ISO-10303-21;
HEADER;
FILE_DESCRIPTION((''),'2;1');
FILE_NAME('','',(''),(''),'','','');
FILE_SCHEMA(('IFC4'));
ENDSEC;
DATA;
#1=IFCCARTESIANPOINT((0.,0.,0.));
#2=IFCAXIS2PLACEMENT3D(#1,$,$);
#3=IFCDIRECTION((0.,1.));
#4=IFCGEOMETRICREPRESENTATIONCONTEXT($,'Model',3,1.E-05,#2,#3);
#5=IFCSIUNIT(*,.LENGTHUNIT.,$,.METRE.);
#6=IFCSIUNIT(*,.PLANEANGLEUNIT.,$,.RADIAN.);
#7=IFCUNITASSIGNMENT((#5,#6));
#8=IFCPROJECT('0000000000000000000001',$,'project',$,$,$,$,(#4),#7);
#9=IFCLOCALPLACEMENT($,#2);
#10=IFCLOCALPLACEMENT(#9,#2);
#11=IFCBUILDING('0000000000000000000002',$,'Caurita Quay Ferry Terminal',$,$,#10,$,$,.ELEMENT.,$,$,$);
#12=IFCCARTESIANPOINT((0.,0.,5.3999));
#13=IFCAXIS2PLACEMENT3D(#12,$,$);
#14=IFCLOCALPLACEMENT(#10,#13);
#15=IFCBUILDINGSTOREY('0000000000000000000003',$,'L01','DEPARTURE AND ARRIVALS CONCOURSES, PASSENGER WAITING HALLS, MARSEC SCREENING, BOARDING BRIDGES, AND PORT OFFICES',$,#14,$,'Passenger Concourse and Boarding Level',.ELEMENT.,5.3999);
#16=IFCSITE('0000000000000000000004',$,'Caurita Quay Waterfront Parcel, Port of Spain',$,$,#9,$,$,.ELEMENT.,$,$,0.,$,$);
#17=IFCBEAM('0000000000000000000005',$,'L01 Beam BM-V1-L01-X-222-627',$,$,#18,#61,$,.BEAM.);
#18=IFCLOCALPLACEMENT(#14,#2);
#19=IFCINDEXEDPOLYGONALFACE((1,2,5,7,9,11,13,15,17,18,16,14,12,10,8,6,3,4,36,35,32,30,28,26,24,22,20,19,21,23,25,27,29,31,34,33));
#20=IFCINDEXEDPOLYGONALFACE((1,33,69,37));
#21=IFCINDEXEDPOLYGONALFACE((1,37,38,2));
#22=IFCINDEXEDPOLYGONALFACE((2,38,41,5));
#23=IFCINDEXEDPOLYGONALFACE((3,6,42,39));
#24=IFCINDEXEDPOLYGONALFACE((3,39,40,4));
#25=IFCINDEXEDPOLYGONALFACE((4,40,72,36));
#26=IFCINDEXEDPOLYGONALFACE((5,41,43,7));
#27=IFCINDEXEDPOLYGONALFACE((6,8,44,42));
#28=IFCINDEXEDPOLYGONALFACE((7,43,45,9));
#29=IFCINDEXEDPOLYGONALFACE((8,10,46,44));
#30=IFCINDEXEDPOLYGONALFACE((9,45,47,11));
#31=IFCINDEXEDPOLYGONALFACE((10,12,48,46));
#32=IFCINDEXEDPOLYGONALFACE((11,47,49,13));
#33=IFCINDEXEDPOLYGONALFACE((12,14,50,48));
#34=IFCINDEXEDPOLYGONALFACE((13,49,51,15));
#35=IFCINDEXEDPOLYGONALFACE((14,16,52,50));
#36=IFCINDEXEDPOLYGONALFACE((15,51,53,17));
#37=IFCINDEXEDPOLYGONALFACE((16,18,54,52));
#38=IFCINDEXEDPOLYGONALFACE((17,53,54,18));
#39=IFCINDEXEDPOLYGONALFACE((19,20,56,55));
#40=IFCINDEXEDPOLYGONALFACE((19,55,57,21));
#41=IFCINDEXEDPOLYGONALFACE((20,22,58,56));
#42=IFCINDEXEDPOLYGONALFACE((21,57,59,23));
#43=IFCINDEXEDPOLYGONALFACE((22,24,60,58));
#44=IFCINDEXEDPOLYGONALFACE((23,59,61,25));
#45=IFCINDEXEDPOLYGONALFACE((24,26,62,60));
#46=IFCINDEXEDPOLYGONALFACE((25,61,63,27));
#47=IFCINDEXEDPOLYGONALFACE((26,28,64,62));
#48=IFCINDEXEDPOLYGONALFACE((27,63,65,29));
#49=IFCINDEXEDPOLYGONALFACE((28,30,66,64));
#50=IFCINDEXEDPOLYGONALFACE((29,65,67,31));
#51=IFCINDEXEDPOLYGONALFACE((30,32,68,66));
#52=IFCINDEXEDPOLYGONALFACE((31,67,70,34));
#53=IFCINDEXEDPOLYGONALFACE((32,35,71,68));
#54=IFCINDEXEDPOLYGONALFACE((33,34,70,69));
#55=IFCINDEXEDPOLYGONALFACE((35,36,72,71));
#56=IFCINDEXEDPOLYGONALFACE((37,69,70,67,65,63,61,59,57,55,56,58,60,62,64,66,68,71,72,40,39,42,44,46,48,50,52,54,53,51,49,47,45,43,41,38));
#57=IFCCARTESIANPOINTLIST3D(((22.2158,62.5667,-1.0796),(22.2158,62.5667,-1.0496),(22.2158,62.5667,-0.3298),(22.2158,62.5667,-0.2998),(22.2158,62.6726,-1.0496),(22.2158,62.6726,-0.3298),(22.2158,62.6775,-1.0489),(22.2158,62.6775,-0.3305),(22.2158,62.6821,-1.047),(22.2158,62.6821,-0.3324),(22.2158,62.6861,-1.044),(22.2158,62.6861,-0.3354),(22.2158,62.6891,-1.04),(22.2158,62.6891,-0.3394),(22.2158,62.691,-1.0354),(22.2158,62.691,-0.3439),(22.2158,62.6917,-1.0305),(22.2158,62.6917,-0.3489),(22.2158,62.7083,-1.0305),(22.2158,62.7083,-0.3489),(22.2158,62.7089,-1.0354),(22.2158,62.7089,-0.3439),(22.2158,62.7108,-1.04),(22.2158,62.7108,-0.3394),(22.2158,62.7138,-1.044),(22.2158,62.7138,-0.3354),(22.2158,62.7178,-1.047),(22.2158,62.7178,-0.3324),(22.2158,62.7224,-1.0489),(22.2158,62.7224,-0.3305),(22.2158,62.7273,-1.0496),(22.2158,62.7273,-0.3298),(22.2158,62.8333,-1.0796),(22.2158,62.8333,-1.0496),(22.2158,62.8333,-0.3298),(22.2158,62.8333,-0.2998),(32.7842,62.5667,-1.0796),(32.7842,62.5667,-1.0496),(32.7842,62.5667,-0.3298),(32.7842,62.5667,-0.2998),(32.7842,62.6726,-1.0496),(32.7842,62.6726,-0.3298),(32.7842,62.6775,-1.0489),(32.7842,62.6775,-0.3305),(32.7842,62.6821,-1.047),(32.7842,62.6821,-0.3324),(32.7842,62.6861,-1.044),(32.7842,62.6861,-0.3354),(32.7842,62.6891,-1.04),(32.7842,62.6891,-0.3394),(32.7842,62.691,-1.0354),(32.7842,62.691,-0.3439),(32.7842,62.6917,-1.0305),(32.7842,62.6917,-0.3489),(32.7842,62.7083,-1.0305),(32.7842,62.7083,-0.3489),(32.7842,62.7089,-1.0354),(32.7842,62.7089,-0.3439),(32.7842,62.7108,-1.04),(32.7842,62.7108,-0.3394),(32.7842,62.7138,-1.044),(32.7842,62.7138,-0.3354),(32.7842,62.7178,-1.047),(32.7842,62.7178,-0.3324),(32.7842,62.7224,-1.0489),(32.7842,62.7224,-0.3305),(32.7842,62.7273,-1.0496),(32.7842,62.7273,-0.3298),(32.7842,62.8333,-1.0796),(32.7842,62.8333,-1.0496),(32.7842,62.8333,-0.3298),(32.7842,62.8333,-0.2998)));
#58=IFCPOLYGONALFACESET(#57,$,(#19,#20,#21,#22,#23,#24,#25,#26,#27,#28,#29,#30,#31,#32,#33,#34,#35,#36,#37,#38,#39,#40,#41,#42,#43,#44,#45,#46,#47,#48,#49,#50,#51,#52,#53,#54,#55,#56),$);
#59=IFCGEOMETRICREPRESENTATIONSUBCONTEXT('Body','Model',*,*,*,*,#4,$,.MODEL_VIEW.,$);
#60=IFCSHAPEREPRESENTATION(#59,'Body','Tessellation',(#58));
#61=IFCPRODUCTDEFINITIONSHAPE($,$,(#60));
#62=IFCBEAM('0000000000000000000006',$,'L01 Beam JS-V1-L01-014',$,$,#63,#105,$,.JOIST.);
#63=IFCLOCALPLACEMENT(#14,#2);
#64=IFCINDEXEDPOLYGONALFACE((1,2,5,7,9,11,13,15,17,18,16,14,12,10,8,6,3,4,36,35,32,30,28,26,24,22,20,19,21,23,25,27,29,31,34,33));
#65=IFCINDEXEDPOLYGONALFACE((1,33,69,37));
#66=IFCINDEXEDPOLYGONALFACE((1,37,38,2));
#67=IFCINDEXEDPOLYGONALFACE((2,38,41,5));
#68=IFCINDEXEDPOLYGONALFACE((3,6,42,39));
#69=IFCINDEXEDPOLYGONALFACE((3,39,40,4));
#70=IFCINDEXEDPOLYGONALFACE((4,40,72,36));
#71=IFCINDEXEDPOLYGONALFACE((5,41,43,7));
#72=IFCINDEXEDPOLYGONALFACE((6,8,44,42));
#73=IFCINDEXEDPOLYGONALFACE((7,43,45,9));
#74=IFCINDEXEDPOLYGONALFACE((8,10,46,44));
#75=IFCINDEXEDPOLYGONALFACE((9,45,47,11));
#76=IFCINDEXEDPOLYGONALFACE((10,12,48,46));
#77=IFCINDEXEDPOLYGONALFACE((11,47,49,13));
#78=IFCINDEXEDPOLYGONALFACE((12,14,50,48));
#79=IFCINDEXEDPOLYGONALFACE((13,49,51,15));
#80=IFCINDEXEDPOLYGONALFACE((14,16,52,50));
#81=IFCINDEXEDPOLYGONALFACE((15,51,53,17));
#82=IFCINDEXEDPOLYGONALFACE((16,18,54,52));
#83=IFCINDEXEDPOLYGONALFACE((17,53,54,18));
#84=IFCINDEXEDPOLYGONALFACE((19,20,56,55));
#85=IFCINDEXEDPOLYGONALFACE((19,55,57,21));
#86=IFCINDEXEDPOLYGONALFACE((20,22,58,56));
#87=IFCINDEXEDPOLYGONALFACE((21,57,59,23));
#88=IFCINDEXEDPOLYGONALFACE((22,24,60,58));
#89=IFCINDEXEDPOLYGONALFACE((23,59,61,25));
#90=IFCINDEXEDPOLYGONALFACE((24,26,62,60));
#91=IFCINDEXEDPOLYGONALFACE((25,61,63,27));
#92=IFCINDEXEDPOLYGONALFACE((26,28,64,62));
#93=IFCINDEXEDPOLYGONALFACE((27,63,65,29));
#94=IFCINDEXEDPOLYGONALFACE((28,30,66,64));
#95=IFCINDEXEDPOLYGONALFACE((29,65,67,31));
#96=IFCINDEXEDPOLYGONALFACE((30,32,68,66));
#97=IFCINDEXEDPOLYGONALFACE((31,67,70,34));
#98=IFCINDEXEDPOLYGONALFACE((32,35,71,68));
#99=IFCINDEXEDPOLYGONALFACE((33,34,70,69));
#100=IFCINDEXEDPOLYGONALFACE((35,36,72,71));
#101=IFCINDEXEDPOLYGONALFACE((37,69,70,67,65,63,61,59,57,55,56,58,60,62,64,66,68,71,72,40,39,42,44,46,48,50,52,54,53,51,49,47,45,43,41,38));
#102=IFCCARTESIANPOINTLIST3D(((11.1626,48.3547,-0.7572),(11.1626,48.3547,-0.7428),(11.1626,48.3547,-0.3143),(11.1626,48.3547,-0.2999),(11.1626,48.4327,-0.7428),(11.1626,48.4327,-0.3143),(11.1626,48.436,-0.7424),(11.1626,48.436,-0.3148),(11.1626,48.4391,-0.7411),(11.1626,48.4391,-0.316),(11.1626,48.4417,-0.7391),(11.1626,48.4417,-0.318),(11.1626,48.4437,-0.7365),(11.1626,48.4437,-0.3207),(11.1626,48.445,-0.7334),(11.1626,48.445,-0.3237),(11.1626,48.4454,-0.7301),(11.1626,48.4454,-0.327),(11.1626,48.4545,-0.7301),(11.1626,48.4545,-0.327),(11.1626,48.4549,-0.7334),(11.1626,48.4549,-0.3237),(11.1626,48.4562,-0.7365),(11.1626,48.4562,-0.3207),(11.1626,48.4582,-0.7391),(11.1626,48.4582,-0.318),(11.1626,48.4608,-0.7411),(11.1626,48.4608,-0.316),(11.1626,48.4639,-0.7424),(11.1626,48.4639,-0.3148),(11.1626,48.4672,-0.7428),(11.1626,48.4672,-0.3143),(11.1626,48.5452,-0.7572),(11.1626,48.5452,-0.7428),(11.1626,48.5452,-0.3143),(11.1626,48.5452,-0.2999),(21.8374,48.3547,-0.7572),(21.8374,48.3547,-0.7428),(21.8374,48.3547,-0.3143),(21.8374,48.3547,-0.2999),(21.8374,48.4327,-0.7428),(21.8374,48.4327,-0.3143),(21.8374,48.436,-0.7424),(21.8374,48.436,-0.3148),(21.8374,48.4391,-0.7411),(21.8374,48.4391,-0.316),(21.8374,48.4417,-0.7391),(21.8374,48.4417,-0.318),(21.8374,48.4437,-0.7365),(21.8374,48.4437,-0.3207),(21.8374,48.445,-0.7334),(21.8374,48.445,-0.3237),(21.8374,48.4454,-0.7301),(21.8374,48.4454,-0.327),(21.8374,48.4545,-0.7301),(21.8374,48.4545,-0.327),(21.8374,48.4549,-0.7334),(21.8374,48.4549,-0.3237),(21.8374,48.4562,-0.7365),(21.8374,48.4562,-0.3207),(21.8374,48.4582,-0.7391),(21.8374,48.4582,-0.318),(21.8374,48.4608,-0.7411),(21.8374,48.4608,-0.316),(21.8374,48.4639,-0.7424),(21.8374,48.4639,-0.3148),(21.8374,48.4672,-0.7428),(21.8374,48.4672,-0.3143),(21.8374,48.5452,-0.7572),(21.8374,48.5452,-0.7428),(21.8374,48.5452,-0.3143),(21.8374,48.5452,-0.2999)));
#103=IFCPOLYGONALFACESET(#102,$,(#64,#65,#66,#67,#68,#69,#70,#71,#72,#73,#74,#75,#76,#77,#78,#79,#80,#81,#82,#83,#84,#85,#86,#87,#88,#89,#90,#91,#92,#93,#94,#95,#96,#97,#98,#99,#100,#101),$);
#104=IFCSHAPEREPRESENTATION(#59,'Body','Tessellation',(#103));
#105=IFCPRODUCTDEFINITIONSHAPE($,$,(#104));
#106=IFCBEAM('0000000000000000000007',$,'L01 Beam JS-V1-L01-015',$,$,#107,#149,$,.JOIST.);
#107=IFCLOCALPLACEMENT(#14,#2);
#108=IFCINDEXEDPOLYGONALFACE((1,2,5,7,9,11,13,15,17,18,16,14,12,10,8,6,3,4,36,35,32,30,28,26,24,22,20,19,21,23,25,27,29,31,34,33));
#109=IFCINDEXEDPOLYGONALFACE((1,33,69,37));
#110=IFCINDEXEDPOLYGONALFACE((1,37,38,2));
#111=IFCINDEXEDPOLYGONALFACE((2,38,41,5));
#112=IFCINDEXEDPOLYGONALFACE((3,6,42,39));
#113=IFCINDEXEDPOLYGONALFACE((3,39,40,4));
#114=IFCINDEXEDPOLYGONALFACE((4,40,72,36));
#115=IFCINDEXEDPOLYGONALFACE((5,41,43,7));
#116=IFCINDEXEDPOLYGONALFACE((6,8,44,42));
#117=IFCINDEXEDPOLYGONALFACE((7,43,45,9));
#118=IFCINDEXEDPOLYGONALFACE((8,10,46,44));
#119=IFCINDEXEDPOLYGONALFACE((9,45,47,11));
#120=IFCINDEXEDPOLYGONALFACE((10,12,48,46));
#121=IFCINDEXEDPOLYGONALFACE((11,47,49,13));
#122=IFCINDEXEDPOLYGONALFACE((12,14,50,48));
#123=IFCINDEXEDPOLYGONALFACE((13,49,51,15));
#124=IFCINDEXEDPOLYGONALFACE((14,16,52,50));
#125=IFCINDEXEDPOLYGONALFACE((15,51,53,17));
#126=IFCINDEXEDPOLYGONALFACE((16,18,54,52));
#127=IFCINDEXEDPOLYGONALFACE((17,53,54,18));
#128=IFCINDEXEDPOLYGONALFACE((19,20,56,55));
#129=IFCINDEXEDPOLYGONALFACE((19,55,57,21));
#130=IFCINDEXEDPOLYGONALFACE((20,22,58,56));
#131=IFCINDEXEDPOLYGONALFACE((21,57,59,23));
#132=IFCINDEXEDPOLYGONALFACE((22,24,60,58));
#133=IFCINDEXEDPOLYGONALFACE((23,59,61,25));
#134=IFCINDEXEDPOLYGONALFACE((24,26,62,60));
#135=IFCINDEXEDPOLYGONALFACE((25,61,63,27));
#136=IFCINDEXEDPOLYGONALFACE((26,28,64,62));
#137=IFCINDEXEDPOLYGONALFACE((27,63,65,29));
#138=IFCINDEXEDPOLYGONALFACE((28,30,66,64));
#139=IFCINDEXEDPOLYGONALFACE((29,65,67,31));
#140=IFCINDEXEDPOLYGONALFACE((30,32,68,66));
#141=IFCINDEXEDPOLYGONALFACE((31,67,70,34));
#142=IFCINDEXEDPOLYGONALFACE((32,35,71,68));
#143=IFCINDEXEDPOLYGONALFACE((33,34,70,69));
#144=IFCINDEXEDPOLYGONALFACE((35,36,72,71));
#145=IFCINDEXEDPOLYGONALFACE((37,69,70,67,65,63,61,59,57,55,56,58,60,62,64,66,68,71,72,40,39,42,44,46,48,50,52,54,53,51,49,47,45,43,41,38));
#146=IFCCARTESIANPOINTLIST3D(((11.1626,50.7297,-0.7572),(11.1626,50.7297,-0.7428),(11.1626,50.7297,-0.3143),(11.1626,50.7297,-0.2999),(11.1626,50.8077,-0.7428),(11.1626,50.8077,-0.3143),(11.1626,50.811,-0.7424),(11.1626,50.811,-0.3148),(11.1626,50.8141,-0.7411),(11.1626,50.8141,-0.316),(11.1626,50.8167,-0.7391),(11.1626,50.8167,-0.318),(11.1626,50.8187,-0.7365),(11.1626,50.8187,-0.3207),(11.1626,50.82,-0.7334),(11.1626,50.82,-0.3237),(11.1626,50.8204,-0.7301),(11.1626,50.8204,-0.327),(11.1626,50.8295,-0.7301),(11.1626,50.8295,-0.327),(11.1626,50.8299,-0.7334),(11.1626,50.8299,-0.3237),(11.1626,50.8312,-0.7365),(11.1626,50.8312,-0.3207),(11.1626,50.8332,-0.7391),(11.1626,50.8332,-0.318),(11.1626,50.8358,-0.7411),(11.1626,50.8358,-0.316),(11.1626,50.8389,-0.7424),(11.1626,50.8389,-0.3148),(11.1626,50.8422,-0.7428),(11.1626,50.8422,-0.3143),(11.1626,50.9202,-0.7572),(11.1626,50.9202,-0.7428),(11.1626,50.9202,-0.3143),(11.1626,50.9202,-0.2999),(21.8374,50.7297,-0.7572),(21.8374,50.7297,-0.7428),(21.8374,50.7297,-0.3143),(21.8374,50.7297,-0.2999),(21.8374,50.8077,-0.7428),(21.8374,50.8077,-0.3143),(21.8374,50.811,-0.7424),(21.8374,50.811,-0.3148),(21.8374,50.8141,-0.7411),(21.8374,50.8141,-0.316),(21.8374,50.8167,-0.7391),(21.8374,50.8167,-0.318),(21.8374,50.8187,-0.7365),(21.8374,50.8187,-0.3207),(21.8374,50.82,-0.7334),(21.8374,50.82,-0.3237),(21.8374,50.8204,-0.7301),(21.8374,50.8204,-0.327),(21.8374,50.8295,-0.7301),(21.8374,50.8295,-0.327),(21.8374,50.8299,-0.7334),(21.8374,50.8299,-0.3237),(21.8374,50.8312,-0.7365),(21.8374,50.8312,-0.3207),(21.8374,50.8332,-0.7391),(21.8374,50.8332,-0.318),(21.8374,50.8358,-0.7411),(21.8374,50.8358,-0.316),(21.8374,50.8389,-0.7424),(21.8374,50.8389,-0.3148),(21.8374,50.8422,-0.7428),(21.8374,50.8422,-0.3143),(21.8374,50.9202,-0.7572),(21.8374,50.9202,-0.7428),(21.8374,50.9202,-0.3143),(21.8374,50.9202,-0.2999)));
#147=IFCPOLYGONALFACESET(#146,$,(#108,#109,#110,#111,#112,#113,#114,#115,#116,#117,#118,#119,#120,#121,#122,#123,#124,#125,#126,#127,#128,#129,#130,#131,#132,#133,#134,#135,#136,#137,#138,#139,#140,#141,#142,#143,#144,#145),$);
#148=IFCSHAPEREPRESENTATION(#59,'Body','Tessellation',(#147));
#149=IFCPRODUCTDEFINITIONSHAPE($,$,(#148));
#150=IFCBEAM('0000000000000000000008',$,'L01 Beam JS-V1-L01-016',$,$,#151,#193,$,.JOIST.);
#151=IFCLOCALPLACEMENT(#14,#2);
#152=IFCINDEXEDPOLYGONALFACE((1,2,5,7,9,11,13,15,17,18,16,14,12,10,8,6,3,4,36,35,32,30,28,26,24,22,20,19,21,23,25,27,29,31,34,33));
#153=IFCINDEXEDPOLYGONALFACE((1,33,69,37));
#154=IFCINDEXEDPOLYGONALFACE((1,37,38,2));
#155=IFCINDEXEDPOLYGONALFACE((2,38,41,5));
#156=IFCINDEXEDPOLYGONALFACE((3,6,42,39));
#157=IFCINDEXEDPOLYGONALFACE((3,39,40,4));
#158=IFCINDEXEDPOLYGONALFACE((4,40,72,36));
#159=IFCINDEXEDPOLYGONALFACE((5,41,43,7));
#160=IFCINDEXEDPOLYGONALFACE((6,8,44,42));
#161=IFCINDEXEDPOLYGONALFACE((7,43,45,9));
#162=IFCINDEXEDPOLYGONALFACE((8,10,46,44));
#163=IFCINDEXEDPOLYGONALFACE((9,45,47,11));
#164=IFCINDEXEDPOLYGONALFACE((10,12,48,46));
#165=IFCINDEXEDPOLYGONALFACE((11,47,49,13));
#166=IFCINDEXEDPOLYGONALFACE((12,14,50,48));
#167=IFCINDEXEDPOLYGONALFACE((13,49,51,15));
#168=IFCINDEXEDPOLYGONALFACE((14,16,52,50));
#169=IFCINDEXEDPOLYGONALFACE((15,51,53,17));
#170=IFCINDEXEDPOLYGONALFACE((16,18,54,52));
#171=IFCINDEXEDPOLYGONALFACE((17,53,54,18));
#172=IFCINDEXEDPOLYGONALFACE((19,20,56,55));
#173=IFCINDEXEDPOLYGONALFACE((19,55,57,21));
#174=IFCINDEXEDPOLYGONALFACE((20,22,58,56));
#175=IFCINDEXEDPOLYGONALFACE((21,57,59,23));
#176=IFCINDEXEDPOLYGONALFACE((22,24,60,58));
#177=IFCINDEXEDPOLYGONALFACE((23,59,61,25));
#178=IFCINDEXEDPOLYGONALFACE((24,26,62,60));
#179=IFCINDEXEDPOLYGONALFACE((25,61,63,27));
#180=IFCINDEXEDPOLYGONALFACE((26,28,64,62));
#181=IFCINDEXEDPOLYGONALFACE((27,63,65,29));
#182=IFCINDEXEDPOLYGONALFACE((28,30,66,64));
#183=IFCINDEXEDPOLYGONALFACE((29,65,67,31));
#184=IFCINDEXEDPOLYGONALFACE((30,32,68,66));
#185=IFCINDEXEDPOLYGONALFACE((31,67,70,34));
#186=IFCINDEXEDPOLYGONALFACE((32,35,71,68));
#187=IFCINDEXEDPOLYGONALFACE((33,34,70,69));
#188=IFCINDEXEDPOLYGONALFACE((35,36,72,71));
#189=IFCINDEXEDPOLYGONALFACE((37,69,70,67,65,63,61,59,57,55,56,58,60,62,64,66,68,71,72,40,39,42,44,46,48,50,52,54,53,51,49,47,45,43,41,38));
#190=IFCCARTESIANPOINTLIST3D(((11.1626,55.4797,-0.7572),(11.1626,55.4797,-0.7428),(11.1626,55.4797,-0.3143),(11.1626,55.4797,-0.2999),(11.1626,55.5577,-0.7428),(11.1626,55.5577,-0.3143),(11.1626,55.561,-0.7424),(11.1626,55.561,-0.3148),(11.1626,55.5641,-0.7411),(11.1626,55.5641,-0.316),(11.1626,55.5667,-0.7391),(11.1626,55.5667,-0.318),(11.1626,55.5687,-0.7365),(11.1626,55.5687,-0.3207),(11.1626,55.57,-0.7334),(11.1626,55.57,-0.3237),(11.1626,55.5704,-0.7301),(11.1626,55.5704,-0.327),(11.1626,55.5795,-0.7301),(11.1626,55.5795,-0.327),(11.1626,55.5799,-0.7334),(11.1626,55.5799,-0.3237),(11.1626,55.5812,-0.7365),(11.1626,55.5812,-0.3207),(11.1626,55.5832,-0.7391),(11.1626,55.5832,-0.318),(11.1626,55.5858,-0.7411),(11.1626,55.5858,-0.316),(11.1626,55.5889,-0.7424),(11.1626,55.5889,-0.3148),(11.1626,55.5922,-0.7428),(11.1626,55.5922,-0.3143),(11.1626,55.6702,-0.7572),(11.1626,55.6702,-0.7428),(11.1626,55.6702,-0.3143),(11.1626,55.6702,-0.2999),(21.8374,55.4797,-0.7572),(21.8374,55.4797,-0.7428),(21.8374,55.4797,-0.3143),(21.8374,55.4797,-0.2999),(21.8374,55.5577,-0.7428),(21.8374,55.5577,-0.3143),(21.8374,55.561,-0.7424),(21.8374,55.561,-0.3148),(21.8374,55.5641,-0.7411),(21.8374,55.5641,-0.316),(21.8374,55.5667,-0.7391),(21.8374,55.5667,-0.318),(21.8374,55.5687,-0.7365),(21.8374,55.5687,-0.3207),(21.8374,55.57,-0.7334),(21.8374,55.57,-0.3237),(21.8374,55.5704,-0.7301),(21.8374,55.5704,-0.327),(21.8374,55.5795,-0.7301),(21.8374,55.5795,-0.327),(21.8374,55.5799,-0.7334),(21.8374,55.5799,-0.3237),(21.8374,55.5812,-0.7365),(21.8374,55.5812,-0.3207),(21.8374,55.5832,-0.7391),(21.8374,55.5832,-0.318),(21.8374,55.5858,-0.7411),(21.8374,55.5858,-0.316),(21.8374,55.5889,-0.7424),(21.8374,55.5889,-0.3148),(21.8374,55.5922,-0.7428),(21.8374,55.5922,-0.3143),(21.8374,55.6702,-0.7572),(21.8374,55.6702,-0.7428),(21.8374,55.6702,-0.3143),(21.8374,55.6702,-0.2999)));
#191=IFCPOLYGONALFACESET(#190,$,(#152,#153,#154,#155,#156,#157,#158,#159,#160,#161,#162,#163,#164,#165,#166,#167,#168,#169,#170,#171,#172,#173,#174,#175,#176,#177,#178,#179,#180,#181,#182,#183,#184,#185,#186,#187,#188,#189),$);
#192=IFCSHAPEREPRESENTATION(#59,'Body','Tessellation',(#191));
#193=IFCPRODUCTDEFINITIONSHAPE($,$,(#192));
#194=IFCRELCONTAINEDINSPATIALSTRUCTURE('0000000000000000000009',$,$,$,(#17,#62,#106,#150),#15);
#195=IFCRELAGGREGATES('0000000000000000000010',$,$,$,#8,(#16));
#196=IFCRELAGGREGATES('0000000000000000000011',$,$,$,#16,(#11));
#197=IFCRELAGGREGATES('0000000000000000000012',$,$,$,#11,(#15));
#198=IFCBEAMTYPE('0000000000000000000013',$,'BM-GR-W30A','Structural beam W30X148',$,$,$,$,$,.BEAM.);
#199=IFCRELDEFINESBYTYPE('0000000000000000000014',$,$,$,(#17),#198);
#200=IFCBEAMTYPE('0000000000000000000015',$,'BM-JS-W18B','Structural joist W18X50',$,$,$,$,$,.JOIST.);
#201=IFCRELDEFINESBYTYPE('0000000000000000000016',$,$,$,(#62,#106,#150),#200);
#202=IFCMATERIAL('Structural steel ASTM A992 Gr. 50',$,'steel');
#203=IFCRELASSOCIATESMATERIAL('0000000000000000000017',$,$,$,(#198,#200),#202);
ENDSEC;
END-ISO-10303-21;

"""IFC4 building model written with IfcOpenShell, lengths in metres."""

from ifc_helpers import new_model, si_unit, direction, frame, origin, origin_2d, place, context, subcontext, project, spatial, i_section, extrude, material, material_profile, profile_set, type_object, element, save


model = new_model("IFC4")

# Units and contexts
model_context = context("Model", 3, precision=1e-05, world=origin(), true_north=direction((0.0, 1.0)))
body_context = subcontext(model_context, "Body", "Model", "MODEL_VIEW")
ifc_project = project(units=[si_unit("LENGTHUNIT", "METRE"), si_unit("PLANEANGLEUNIT", "RADIAN")], contexts=[model_context])

# Site, building, storey
site_placement = place(None, origin())
site = spatial("IfcSite", under=ifc_project, at=site_placement, Name="Caurita Quay Waterfront Parcel, Port of Spain", CompositionType="ELEMENT", RefElevation=0.0)
building_placement = place(site_placement, origin())
building = spatial("IfcBuilding", under=site, at=building_placement, Name="Caurita Quay Ferry Terminal", CompositionType="ELEMENT")
storey_placement = place(building_placement, frame((0.0, 0.0, 5.3999)))
storey = spatial("IfcBuildingStorey", under=building, at=storey_placement, Name="L01", Description="DEPARTURE AND ARRIVALS CONCOURSES, PASSENGER WAITING HALLS, MARSEC SCREENING, BOARDING BRIDGES, AND PORT OFFICES", LongName="Passenger Concourse and Boarding Level", CompositionType="ELEMENT", Elevation=5.3999)

# Beams
ifc_material_1 = material(Name="Structural steel ASTM A992 Gr. 50", Category="steel")
ifc_material_profile_1 = material_profile(ifc_material_1, i_section(OverallWidth=0.2666, OverallDepth=0.7798, WebThickness=0.0166, FlangeThickness=0.03, FilletRadius=0.019, at=origin_2d()), Name="W30X148")
ifc_profile_set_1 = profile_set([ifc_material_profile_1], Name="Structural steel ASTM A992 Gr. 50")
beam_type_1 = type_object("IfcBeamType", Name="BM-GR-W30A", Description="Structural beam W30X148", PredefinedType="BEAM", material=ifc_profile_set_1)
for number, where, z_axis, x_axis, name in (
    (1, (22.2158, 62.7, -0.6897), (1.0, 0.0, 0.0), (0.0, 1.0, 0.0), "L01 Beam BM-V1-L01-X-222-627"),
):
    element("IfcBeam", number, at=place(storey_placement, frame(where, z_axis=z_axis, x_axis=x_axis)), inside=storey, type_object=beam_type_1, Name=name, PredefinedType="BEAM", context=body_context, shape_type="SweptSolid", body=[
        extrude(i_section(OverallWidth=0.2666, OverallDepth=0.7798, WebThickness=0.0166, FlangeThickness=0.03, FilletRadius=0.019, at=origin_2d()), origin(), (0.0, 0.0, 1.0), 10.5684),
    ])
ifc_material_profile_2 = material_profile(ifc_material_1, i_section(OverallWidth=0.1904, OverallDepth=0.4573, WebThickness=0.009, FlangeThickness=0.0144, FilletRadius=0.0127, at=origin_2d()), Name="W18X50")
ifc_profile_set_2 = profile_set([ifc_material_profile_2], Name="Structural steel ASTM A992 Gr. 50")
beam_type_2 = type_object("IfcBeamType", Name="BM-JS-W18B", Description="Structural joist W18X50", PredefinedType="JOIST", material=ifc_profile_set_2)
for number, where, z_axis, x_axis, name in (
    (2, (11.1626, 48.45, -0.5286), (1.0, 0.0, 0.0), (0.0, 1.0, 0.0), "L01 Beam JS-V1-L01-014"),
    (3, (11.1626, 50.825, -0.5286), (1.0, 0.0, 0.0), (0.0, 1.0, 0.0), "L01 Beam JS-V1-L01-015"),
    (4, (11.1626, 55.575, -0.5286), (1.0, 0.0, 0.0), (0.0, 1.0, 0.0), "L01 Beam JS-V1-L01-016"),
):
    element("IfcBeam", number, at=place(storey_placement, frame(where, z_axis=z_axis, x_axis=x_axis)), inside=storey, type_object=beam_type_2, Name=name, PredefinedType="JOIST", context=body_context, shape_type="SweptSolid", body=[
        extrude(i_section(OverallWidth=0.1904, OverallDepth=0.4573, WebThickness=0.009, FlangeThickness=0.0144, FilletRadius=0.0127, at=origin_2d()), origin(), (0.0, 0.0, 1.0), 10.6748),
    ])

save(model, "model.ifc")
